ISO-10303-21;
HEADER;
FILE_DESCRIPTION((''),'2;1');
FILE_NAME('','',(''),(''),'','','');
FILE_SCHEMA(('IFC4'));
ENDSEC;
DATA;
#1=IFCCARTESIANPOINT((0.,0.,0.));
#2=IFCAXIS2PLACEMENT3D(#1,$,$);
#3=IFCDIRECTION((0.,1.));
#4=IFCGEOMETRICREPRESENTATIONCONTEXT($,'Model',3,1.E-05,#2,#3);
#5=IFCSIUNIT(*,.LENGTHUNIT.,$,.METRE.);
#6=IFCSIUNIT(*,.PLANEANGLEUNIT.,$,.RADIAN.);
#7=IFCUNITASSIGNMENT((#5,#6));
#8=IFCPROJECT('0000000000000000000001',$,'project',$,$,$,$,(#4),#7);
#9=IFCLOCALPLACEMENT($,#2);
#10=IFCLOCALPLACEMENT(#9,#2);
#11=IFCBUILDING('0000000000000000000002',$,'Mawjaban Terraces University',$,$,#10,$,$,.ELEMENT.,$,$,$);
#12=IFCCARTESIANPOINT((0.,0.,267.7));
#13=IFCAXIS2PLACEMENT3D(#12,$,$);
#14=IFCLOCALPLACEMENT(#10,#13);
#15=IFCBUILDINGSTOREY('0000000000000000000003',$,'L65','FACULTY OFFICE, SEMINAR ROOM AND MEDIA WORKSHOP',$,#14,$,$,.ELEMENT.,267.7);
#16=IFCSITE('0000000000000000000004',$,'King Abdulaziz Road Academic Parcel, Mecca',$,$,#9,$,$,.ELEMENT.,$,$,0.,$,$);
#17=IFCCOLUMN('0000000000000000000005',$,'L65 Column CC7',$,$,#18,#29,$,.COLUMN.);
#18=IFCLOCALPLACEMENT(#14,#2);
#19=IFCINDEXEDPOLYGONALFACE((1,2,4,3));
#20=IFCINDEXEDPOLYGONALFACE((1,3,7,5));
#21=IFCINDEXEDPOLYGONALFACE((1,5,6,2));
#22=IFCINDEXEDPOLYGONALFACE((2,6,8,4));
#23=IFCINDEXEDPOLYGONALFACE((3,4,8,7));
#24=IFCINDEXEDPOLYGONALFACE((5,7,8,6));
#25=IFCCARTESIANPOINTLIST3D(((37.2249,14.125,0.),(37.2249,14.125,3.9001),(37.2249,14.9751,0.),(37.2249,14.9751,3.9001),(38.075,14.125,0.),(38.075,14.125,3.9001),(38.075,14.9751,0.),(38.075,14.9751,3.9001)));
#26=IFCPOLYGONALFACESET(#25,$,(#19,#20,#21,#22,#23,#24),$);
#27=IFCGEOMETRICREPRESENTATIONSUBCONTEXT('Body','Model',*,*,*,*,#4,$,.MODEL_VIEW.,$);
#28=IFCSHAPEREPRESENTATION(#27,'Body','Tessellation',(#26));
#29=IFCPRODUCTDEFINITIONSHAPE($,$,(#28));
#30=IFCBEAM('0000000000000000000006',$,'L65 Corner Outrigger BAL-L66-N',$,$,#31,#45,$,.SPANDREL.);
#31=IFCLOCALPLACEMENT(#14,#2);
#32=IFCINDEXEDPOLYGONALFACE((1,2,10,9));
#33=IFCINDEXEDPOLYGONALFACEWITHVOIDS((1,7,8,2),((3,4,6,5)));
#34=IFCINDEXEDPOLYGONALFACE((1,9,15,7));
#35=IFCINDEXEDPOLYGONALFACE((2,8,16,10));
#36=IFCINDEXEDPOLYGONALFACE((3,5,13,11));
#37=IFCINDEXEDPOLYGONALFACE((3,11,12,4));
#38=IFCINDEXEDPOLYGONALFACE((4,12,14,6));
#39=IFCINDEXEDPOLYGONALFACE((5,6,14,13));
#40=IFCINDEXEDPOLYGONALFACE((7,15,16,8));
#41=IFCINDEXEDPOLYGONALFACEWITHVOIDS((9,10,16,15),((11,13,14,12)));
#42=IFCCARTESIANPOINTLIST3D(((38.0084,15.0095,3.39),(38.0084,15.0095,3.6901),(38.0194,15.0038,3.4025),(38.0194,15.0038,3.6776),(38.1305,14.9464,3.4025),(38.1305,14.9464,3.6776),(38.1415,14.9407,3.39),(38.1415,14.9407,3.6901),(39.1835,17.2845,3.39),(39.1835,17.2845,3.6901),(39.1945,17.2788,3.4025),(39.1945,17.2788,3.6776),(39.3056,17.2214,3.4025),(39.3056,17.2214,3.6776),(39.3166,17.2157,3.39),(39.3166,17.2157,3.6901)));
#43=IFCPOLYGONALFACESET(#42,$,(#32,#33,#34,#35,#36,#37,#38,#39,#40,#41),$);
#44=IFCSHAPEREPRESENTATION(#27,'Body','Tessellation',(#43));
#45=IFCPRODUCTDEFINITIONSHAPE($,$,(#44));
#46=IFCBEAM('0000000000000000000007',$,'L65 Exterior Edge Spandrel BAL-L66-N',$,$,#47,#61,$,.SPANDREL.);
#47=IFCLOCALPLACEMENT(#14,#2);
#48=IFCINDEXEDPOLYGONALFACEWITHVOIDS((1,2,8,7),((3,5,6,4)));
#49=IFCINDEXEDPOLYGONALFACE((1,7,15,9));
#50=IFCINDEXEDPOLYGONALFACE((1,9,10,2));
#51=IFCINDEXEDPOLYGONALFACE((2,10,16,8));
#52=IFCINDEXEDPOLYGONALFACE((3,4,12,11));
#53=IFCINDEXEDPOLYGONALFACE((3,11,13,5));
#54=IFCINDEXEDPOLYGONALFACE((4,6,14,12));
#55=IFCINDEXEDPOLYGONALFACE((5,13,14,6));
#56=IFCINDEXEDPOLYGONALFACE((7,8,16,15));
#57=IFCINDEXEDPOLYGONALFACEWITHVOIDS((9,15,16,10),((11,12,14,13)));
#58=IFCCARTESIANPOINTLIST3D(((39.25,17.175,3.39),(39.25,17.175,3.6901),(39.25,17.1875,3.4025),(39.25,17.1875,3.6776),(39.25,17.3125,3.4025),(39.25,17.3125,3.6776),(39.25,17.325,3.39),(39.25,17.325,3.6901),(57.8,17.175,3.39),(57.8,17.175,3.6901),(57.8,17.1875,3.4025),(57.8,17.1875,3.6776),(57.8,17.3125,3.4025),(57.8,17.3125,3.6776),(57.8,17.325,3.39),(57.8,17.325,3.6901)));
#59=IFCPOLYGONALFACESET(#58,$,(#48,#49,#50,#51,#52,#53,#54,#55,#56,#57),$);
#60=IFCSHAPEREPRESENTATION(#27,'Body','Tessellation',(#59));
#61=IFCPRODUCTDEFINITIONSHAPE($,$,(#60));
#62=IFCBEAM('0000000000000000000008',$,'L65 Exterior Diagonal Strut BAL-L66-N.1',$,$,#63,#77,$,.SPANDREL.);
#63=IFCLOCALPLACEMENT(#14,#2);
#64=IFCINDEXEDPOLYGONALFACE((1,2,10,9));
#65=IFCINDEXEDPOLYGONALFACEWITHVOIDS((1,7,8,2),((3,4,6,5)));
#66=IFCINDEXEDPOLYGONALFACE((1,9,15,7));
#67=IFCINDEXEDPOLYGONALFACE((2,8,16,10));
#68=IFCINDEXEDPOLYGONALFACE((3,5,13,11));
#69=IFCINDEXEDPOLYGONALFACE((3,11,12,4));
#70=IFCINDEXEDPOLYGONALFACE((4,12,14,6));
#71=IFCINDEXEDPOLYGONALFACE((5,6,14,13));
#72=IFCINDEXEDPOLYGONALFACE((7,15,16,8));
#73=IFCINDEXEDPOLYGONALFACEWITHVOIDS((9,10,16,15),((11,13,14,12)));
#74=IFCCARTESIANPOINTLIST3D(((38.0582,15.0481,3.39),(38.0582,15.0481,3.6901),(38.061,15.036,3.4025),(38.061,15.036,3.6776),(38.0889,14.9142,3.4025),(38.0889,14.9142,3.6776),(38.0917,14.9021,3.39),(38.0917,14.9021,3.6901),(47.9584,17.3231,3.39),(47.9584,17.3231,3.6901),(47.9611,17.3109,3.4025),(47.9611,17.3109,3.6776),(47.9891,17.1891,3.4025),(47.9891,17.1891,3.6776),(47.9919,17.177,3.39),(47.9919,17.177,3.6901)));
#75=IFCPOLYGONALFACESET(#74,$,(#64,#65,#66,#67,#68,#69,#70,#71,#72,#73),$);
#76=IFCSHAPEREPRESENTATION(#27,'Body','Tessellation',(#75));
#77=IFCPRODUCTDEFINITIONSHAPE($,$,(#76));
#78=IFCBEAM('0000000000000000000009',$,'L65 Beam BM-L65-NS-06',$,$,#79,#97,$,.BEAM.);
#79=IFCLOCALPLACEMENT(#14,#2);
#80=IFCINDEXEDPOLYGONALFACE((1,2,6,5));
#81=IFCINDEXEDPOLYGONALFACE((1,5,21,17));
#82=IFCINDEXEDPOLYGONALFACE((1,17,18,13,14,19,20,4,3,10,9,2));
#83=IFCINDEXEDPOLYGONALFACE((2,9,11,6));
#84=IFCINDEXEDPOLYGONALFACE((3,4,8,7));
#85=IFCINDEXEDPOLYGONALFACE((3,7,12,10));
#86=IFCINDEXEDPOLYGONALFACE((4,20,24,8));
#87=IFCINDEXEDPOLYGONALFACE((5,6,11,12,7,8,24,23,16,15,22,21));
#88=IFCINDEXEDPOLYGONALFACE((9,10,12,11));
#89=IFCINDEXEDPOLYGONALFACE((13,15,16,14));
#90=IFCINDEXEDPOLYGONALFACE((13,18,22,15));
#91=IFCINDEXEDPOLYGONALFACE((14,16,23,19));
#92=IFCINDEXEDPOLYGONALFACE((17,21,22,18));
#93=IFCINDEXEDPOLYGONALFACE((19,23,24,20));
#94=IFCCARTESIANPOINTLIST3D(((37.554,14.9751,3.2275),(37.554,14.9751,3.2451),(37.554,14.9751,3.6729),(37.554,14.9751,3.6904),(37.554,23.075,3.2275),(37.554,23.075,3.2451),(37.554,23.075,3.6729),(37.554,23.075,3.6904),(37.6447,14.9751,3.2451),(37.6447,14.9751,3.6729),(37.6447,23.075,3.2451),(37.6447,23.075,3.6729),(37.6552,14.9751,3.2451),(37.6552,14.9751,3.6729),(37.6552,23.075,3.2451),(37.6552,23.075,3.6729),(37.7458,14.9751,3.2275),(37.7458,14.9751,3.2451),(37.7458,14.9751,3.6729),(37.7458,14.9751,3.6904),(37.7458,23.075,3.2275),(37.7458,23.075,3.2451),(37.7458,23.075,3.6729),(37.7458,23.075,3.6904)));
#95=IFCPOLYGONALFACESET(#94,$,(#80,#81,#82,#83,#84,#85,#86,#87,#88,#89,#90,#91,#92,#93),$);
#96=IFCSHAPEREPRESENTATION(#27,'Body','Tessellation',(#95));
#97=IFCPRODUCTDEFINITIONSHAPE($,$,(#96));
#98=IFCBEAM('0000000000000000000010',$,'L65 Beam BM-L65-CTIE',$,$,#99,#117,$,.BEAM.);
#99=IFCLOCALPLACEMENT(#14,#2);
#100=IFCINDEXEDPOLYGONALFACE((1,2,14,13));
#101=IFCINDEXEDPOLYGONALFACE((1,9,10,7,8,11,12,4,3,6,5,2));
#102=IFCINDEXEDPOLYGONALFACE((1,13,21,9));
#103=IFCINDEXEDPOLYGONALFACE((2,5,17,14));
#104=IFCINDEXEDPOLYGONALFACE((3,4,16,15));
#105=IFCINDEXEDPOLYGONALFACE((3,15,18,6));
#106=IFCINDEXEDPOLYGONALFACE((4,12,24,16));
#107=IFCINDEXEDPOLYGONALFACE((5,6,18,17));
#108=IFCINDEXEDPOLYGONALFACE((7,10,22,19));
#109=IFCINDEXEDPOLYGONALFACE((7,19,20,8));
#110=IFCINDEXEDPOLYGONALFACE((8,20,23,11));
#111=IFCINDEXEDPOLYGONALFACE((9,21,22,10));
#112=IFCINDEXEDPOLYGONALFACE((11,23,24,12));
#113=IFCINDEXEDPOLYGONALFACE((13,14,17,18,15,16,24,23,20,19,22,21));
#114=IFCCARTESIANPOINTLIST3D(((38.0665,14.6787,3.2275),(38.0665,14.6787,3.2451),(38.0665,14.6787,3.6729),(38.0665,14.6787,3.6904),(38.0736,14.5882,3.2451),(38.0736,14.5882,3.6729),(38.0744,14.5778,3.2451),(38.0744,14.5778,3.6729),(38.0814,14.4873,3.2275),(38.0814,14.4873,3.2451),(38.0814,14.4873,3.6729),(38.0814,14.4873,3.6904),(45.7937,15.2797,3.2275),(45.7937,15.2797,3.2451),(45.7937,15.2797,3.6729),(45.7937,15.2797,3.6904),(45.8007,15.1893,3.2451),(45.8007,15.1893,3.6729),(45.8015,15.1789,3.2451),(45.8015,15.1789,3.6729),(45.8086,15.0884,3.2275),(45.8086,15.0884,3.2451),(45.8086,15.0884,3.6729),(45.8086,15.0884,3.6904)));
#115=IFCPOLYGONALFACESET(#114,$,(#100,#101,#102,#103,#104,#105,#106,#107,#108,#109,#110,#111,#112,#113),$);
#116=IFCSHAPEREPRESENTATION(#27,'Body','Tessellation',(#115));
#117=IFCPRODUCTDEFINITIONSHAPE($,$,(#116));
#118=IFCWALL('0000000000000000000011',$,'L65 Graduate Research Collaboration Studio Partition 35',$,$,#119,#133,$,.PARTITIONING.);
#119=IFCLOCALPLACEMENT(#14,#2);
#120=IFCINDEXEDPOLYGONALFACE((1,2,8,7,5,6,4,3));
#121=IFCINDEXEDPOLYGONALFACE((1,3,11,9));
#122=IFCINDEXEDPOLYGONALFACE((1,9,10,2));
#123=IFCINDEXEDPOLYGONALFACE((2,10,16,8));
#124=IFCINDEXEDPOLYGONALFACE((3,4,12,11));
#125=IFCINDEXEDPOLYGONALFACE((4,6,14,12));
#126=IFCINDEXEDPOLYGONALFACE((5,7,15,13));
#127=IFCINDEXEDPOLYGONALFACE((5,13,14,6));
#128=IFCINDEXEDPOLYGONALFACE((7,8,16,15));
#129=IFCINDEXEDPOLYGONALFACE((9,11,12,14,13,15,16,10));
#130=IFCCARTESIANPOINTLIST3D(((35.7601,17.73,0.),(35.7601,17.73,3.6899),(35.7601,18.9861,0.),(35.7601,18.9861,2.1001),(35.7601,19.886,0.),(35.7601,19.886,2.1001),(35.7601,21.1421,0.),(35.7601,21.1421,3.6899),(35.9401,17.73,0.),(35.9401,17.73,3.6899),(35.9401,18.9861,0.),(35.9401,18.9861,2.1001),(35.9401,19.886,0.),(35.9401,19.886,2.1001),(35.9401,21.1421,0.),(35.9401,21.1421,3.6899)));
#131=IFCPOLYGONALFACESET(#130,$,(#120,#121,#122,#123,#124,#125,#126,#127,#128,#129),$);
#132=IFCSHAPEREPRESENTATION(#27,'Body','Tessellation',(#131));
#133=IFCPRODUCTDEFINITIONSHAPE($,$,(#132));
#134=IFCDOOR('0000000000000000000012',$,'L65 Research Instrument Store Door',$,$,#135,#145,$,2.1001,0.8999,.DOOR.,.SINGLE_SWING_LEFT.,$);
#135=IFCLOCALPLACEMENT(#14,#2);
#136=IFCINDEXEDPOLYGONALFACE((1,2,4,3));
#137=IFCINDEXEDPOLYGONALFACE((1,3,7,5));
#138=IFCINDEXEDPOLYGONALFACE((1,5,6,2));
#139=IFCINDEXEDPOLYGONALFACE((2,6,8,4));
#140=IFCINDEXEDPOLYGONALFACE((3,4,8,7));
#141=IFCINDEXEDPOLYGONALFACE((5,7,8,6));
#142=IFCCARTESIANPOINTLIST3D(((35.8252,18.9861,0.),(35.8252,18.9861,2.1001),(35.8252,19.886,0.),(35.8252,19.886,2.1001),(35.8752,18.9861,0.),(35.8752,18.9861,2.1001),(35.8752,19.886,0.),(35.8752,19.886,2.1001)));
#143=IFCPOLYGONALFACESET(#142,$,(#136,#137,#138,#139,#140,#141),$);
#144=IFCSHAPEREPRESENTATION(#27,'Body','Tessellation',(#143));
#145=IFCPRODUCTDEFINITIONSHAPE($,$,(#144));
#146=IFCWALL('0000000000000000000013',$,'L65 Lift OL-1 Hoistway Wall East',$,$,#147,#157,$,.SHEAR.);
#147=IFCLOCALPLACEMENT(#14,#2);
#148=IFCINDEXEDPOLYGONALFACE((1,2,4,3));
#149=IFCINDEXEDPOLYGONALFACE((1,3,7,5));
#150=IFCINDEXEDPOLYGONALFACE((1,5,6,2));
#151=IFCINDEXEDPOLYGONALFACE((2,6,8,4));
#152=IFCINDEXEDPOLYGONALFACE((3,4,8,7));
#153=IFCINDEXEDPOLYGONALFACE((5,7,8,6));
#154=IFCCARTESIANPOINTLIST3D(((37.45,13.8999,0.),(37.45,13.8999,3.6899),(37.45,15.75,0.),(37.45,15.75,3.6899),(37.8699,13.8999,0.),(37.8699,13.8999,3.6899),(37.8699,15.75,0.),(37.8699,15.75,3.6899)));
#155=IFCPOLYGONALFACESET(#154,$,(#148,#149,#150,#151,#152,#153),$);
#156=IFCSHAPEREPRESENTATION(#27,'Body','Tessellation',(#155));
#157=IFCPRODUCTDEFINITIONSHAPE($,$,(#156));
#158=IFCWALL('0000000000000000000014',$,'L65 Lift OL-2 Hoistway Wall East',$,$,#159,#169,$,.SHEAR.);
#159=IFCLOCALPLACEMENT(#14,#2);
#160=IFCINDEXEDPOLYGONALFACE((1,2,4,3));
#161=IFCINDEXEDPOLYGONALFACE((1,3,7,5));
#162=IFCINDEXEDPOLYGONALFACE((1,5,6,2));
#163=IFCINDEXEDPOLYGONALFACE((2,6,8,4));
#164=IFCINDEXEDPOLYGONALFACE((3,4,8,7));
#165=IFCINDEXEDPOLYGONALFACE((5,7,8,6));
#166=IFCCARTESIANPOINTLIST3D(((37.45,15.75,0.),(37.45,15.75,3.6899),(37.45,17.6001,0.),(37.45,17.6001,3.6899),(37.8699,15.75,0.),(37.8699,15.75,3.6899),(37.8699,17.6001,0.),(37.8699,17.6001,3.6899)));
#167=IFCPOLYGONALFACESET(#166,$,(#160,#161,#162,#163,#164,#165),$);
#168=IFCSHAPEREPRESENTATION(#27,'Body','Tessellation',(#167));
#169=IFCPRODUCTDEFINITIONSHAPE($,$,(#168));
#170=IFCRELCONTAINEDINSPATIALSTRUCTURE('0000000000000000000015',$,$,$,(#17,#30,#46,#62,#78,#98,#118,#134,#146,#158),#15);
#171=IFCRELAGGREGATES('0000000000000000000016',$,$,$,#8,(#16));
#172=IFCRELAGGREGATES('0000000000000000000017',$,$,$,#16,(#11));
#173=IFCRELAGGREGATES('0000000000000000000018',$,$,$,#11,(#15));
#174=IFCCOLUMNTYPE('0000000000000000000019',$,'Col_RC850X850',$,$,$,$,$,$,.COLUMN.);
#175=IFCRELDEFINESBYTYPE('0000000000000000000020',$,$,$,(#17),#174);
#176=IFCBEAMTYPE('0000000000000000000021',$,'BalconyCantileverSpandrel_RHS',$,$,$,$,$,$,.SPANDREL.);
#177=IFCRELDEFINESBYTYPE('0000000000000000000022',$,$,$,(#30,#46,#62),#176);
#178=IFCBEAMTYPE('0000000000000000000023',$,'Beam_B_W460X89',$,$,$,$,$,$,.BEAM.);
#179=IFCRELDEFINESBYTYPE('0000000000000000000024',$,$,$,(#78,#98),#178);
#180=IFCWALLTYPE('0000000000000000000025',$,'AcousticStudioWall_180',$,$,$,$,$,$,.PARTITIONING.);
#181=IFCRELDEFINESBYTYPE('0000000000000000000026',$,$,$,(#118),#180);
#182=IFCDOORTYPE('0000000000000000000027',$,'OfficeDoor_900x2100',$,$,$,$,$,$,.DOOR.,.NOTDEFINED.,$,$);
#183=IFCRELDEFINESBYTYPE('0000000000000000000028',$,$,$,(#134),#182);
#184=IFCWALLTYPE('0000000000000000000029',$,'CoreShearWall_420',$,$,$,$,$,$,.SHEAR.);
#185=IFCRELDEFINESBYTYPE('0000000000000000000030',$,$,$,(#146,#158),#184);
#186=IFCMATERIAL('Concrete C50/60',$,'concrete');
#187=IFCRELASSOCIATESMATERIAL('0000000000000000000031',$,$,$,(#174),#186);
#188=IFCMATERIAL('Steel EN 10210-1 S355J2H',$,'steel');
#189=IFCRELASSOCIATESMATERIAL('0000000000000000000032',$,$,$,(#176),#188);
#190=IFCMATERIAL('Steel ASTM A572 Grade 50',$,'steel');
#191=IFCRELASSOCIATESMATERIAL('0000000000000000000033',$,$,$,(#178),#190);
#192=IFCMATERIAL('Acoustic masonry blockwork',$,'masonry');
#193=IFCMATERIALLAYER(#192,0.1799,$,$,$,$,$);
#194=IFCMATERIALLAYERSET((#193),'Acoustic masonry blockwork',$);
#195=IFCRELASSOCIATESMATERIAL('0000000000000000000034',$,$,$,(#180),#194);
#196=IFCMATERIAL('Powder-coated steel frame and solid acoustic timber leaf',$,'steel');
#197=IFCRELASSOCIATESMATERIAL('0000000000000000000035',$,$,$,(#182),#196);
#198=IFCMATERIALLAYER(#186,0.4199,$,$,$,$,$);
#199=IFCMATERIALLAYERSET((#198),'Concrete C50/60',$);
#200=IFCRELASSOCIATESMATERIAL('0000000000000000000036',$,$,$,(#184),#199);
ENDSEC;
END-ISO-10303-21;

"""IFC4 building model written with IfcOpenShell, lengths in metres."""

from ifc_helpers import new_model, si_unit, direction, frame, frame_2d, origin, origin_2d, place, context, subcontext, project, spatial, rectangle, hollow_rectangle, i_section, extrude, material, layer, layer_set, material_profile, profile_set, type_object, element, fill, save


model = new_model("IFC4")

# Units and contexts
model_context = context("Model", 3, precision=1e-05, world=origin(), true_north=direction((0.0, 1.0)))
body_context = subcontext(model_context, "Body", "Model", "MODEL_VIEW")
ifc_project = project(units=[si_unit("LENGTHUNIT", "METRE"), si_unit("PLANEANGLEUNIT", "RADIAN")], contexts=[model_context])

# Site, building, storey
site_placement = place(None, origin())
site = spatial("IfcSite", under=ifc_project, at=site_placement, Name="King Abdulaziz Road Academic Parcel, Mecca", CompositionType="ELEMENT", RefElevation=0.0)
building_placement = place(site_placement, origin())
building = spatial("IfcBuilding", under=site, at=building_placement, Name="Mawjaban Terraces University", CompositionType="ELEMENT")
storey_placement = place(building_placement, frame((0.0, 0.0, 267.7)))
storey = spatial("IfcBuildingStorey", under=building, at=storey_placement, Name="L65", Description="FACULTY OFFICE, SEMINAR ROOM AND MEDIA WORKSHOP", CompositionType="ELEMENT", Elevation=267.7)

# Column
ifc_material_1 = material(Name="Concrete C50/60", Category="concrete")
ifc_material_profile_1 = material_profile(ifc_material_1, rectangle(XDim=0.8501, YDim=0.8501, at=origin_2d()), Name="RC850X850")
ifc_profile_set_1 = profile_set([ifc_material_profile_1], Name="Concrete C50/60")
column_type = type_object("IfcColumnType", Name="Col_RC850X850", PredefinedType="COLUMN", material=ifc_profile_set_1)
column_placement = place(storey_placement, frame((37.6499, 14.55, 0.0), z_axis=(0.0, 0.0, 1.0), x_axis=(1.0, 0.0, 0.0)))
element("IfcColumn", 1, at=column_placement, inside=storey, type_object=column_type, Name="L65 Column CC7", PredefinedType="COLUMN", context=body_context, shape_type="SweptSolid", body=[
    extrude(rectangle(XDim=0.8501, YDim=0.8501, at=origin_2d()), origin(), (0.0, 0.0, 1.0), 3.9001),
])

# Beams
ifc_material_2 = material(Name="Steel EN 10210-1 S355J2H", Category="steel")
ifc_material_profile_2 = material_profile(ifc_material_2, hollow_rectangle(XDim=0.1499, YDim=0.3, WallThickness=0.0125, at=origin_2d()), Name="RHS300X150X12.5")
ifc_profile_set_2 = profile_set([ifc_material_profile_2], Name="Steel EN 10210-1 S355J2H")
beam_type_1 = type_object("IfcBeamType", Name="BalconyCantileverSpandrel_RHS", PredefinedType="SPANDREL", material=ifc_profile_set_2)
beam_1_placement = place(storey_placement, frame((38.075, 14.9751, 3.54), z_axis=(0.458922, 0.888476, 0.0), x_axis=(-0.888476, 0.458922, 0.0)))
element("IfcBeam", 2, at=beam_1_placement, inside=storey, type_object=beam_type_1, Name="L65 Corner Outrigger BAL-L66-N", PredefinedType="SPANDREL", context=body_context, shape_type="SweptSolid", body=[
    extrude(hollow_rectangle(XDim=0.1499, YDim=0.3, WallThickness=0.0125, at=origin_2d()), origin(), (0.0, 0.0, 1.0), 2.5605),
])
beam_2_placement = place(storey_placement, frame((39.25, 17.25, 3.54), z_axis=(1.0, 0.0, 0.0), x_axis=(0.0, 1.0, 0.0)))
element("IfcBeam", 3, at=beam_2_placement, inside=storey, type_object=beam_type_1, Name="L65 Exterior Edge Spandrel BAL-L66-N", PredefinedType="SPANDREL", context=body_context, shape_type="SweptSolid", body=[
    extrude(hollow_rectangle(XDim=0.1499, YDim=0.3, WallThickness=0.0125, at=origin_2d()), origin(), (0.0, 0.0, 1.0), 18.55),
])
beam_3_placement = place(storey_placement, frame((38.075, 14.9751, 3.54), z_axis=(0.974601, 0.223948, 0.0), x_axis=(-0.223948, 0.974601, 0.0)))
element("IfcBeam", 4, at=beam_3_placement, inside=storey, type_object=beam_type_1, Name="L65 Exterior Diagonal Strut BAL-L66-N.1", PredefinedType="SPANDREL", context=body_context, shape_type="SweptSolid", body=[
    extrude(hollow_rectangle(XDim=0.1499, YDim=0.3, WallThickness=0.0125, at=origin_2d()), origin(), (0.0, 0.0, 1.0), 10.1582),
])
ifc_material_3 = material(Name="Steel ASTM A572 Grade 50", Category="steel")
ifc_material_profile_3 = material_profile(ifc_material_3, i_section(OverallWidth=0.1919, OverallDepth=0.4629, WebThickness=0.0105, FlangeThickness=0.0176, at=origin_2d()), Name="W460X89")
ifc_profile_set_3 = profile_set([ifc_material_profile_3], Name="Steel ASTM A572 Grade 50")
beam_type_2 = type_object("IfcBeamType", Name="Beam_B_W460X89", PredefinedType="BEAM", material=ifc_profile_set_3)
beam_4_placement = place(storey_placement, frame((37.6499, 14.9751, 3.459), z_axis=(0.0, 1.0, 0.0), x_axis=(-1.0, 0.0, 0.0)))
element("IfcBeam", 5, at=beam_4_placement, inside=storey, type_object=beam_type_2, Name="L65 Beam BM-L65-NS-06", PredefinedType="BEAM", context=body_context, shape_type="SweptSolid", body=[
    extrude(i_section(OverallWidth=0.1919, OverallDepth=0.4629, WebThickness=0.0105, FlangeThickness=0.0176, at=origin_2d()), origin(), (0.0, 0.0, 1.0), 8.0999),
])
beam_5_placement = place(storey_placement, frame((38.074, 14.583, 3.459), z_axis=(0.996988, 0.077554, 0.0), x_axis=(-0.077554, 0.996988, 0.0)))
element("IfcBeam", 6, at=beam_5_placement, inside=storey, type_object=beam_type_2, Name="L65 Beam BM-L65-CTIE", PredefinedType="BEAM", context=body_context, shape_type="SweptSolid", body=[
    extrude(i_section(OverallWidth=0.1919, OverallDepth=0.4629, WebThickness=0.0105, FlangeThickness=0.0176, at=origin_2d()), origin(), (0.0, 0.0, 1.0), 7.7505),
])

# Wall, opening, door
ifc_material_4 = material(Name="Acoustic masonry blockwork", Category="masonry")
ifc_layer_1 = layer(ifc_material_4, 0.1799)
ifc_layer_set_1 = layer_set([ifc_layer_1], Name="Acoustic masonry blockwork")
wall_type_1 = type_object("IfcWallType", Name="AcousticStudioWall_180", PredefinedType="PARTITIONING", material=ifc_layer_set_1)
wall_1_placement = place(storey_placement, frame((35.8501, 17.73, 0.0), z_axis=(0.0, 0.0, 1.0), x_axis=(0.0, 1.0, 0.0)))
wall_1 = element("IfcWall", 7, at=wall_1_placement, inside=storey, type_object=wall_type_1, Name="L65 Graduate Research Collaboration Studio Partition 35", PredefinedType="PARTITIONING", context=body_context, shape_type="SweptSolid", body=[
    extrude(rectangle(XDim=3.4121, YDim=0.1799, at=frame_2d((1.7061, 0.0))), origin(), (0.0, 0.0, 1.0), 3.6899),
])
opening_1_placement = place(wall_1_placement, frame((1.2561, 0.0, 0.0)))
opening_1 = element("IfcOpeningElement", 8, at=opening_1_placement, cuts=wall_1, PredefinedType="OPENING", context=body_context, shape_type="SweptSolid", body=[
    extrude(rectangle(XDim=0.8999, YDim=2.1001, at=frame_2d((0.45, 1.05))), frame((0.0, 0.0999, 0.0), z_axis=(0.0, -1.0, 0.0), x_axis=(1.0, 0.0, 0.0)), (0.0, 0.0, 1.0), 0.2),
])
ifc_material_5 = material(Name="Powder-coated steel frame and solid acoustic timber leaf", Category="steel")
door_type = type_object("IfcDoorType", Name="OfficeDoor_900x2100", OperationType="NOTDEFINED", PredefinedType="DOOR", material=ifc_material_5)
door_1_placement = place(opening_1_placement, origin())
door_1 = element("IfcDoor", 9, at=door_1_placement, inside=storey, type_object=door_type, Name="L65 Research Instrument Store Door", OperationType="SINGLE_SWING_LEFT", OverallHeight=2.1001, OverallWidth=0.8999, PredefinedType="DOOR", context=body_context, shape_type="SweptSolid", body=[
    extrude(rectangle(XDim=0.8999, YDim=2.1001, at=frame_2d((0.45, 1.05))), frame((0.0, 0.0249, 0.0), z_axis=(0.0, -1.0, 0.0), x_axis=(1.0, 0.0, 0.0)), (0.0, 0.0, 1.0), 0.05),
])
fill(opening_1, door_1)

# Walls
ifc_layer_2 = layer(ifc_material_1, 0.4199)
ifc_layer_set_2 = layer_set([ifc_layer_2], Name="Concrete C50/60")
wall_type_2 = type_object("IfcWallType", Name="CoreShearWall_420", PredefinedType="SHEAR", material=ifc_layer_set_2)
for number, where, z_axis, x_axis, name in (
    (10, (37.6599, 13.8999, 0.0), (0.0, 0.0, 1.0), (0.0, 1.0, 0.0), "L65 Lift OL-1 Hoistway Wall East"),
    (11, (37.6599, 15.75, 0.0), (0.0, 0.0, 1.0), (0.0, 1.0, 0.0), "L65 Lift OL-2 Hoistway Wall East"),
):
    element("IfcWall", number, at=place(storey_placement, frame(where, z_axis=z_axis, x_axis=x_axis)), inside=storey, type_object=wall_type_2, Name=name, PredefinedType="SHEAR", context=body_context, shape_type="SweptSolid", body=[
        extrude(rectangle(XDim=1.8501, YDim=0.4199, at=frame_2d((0.925, 0.0))), origin(), (0.0, 0.0, 1.0), 3.6899),
    ])

save(model, "model.ifc")
